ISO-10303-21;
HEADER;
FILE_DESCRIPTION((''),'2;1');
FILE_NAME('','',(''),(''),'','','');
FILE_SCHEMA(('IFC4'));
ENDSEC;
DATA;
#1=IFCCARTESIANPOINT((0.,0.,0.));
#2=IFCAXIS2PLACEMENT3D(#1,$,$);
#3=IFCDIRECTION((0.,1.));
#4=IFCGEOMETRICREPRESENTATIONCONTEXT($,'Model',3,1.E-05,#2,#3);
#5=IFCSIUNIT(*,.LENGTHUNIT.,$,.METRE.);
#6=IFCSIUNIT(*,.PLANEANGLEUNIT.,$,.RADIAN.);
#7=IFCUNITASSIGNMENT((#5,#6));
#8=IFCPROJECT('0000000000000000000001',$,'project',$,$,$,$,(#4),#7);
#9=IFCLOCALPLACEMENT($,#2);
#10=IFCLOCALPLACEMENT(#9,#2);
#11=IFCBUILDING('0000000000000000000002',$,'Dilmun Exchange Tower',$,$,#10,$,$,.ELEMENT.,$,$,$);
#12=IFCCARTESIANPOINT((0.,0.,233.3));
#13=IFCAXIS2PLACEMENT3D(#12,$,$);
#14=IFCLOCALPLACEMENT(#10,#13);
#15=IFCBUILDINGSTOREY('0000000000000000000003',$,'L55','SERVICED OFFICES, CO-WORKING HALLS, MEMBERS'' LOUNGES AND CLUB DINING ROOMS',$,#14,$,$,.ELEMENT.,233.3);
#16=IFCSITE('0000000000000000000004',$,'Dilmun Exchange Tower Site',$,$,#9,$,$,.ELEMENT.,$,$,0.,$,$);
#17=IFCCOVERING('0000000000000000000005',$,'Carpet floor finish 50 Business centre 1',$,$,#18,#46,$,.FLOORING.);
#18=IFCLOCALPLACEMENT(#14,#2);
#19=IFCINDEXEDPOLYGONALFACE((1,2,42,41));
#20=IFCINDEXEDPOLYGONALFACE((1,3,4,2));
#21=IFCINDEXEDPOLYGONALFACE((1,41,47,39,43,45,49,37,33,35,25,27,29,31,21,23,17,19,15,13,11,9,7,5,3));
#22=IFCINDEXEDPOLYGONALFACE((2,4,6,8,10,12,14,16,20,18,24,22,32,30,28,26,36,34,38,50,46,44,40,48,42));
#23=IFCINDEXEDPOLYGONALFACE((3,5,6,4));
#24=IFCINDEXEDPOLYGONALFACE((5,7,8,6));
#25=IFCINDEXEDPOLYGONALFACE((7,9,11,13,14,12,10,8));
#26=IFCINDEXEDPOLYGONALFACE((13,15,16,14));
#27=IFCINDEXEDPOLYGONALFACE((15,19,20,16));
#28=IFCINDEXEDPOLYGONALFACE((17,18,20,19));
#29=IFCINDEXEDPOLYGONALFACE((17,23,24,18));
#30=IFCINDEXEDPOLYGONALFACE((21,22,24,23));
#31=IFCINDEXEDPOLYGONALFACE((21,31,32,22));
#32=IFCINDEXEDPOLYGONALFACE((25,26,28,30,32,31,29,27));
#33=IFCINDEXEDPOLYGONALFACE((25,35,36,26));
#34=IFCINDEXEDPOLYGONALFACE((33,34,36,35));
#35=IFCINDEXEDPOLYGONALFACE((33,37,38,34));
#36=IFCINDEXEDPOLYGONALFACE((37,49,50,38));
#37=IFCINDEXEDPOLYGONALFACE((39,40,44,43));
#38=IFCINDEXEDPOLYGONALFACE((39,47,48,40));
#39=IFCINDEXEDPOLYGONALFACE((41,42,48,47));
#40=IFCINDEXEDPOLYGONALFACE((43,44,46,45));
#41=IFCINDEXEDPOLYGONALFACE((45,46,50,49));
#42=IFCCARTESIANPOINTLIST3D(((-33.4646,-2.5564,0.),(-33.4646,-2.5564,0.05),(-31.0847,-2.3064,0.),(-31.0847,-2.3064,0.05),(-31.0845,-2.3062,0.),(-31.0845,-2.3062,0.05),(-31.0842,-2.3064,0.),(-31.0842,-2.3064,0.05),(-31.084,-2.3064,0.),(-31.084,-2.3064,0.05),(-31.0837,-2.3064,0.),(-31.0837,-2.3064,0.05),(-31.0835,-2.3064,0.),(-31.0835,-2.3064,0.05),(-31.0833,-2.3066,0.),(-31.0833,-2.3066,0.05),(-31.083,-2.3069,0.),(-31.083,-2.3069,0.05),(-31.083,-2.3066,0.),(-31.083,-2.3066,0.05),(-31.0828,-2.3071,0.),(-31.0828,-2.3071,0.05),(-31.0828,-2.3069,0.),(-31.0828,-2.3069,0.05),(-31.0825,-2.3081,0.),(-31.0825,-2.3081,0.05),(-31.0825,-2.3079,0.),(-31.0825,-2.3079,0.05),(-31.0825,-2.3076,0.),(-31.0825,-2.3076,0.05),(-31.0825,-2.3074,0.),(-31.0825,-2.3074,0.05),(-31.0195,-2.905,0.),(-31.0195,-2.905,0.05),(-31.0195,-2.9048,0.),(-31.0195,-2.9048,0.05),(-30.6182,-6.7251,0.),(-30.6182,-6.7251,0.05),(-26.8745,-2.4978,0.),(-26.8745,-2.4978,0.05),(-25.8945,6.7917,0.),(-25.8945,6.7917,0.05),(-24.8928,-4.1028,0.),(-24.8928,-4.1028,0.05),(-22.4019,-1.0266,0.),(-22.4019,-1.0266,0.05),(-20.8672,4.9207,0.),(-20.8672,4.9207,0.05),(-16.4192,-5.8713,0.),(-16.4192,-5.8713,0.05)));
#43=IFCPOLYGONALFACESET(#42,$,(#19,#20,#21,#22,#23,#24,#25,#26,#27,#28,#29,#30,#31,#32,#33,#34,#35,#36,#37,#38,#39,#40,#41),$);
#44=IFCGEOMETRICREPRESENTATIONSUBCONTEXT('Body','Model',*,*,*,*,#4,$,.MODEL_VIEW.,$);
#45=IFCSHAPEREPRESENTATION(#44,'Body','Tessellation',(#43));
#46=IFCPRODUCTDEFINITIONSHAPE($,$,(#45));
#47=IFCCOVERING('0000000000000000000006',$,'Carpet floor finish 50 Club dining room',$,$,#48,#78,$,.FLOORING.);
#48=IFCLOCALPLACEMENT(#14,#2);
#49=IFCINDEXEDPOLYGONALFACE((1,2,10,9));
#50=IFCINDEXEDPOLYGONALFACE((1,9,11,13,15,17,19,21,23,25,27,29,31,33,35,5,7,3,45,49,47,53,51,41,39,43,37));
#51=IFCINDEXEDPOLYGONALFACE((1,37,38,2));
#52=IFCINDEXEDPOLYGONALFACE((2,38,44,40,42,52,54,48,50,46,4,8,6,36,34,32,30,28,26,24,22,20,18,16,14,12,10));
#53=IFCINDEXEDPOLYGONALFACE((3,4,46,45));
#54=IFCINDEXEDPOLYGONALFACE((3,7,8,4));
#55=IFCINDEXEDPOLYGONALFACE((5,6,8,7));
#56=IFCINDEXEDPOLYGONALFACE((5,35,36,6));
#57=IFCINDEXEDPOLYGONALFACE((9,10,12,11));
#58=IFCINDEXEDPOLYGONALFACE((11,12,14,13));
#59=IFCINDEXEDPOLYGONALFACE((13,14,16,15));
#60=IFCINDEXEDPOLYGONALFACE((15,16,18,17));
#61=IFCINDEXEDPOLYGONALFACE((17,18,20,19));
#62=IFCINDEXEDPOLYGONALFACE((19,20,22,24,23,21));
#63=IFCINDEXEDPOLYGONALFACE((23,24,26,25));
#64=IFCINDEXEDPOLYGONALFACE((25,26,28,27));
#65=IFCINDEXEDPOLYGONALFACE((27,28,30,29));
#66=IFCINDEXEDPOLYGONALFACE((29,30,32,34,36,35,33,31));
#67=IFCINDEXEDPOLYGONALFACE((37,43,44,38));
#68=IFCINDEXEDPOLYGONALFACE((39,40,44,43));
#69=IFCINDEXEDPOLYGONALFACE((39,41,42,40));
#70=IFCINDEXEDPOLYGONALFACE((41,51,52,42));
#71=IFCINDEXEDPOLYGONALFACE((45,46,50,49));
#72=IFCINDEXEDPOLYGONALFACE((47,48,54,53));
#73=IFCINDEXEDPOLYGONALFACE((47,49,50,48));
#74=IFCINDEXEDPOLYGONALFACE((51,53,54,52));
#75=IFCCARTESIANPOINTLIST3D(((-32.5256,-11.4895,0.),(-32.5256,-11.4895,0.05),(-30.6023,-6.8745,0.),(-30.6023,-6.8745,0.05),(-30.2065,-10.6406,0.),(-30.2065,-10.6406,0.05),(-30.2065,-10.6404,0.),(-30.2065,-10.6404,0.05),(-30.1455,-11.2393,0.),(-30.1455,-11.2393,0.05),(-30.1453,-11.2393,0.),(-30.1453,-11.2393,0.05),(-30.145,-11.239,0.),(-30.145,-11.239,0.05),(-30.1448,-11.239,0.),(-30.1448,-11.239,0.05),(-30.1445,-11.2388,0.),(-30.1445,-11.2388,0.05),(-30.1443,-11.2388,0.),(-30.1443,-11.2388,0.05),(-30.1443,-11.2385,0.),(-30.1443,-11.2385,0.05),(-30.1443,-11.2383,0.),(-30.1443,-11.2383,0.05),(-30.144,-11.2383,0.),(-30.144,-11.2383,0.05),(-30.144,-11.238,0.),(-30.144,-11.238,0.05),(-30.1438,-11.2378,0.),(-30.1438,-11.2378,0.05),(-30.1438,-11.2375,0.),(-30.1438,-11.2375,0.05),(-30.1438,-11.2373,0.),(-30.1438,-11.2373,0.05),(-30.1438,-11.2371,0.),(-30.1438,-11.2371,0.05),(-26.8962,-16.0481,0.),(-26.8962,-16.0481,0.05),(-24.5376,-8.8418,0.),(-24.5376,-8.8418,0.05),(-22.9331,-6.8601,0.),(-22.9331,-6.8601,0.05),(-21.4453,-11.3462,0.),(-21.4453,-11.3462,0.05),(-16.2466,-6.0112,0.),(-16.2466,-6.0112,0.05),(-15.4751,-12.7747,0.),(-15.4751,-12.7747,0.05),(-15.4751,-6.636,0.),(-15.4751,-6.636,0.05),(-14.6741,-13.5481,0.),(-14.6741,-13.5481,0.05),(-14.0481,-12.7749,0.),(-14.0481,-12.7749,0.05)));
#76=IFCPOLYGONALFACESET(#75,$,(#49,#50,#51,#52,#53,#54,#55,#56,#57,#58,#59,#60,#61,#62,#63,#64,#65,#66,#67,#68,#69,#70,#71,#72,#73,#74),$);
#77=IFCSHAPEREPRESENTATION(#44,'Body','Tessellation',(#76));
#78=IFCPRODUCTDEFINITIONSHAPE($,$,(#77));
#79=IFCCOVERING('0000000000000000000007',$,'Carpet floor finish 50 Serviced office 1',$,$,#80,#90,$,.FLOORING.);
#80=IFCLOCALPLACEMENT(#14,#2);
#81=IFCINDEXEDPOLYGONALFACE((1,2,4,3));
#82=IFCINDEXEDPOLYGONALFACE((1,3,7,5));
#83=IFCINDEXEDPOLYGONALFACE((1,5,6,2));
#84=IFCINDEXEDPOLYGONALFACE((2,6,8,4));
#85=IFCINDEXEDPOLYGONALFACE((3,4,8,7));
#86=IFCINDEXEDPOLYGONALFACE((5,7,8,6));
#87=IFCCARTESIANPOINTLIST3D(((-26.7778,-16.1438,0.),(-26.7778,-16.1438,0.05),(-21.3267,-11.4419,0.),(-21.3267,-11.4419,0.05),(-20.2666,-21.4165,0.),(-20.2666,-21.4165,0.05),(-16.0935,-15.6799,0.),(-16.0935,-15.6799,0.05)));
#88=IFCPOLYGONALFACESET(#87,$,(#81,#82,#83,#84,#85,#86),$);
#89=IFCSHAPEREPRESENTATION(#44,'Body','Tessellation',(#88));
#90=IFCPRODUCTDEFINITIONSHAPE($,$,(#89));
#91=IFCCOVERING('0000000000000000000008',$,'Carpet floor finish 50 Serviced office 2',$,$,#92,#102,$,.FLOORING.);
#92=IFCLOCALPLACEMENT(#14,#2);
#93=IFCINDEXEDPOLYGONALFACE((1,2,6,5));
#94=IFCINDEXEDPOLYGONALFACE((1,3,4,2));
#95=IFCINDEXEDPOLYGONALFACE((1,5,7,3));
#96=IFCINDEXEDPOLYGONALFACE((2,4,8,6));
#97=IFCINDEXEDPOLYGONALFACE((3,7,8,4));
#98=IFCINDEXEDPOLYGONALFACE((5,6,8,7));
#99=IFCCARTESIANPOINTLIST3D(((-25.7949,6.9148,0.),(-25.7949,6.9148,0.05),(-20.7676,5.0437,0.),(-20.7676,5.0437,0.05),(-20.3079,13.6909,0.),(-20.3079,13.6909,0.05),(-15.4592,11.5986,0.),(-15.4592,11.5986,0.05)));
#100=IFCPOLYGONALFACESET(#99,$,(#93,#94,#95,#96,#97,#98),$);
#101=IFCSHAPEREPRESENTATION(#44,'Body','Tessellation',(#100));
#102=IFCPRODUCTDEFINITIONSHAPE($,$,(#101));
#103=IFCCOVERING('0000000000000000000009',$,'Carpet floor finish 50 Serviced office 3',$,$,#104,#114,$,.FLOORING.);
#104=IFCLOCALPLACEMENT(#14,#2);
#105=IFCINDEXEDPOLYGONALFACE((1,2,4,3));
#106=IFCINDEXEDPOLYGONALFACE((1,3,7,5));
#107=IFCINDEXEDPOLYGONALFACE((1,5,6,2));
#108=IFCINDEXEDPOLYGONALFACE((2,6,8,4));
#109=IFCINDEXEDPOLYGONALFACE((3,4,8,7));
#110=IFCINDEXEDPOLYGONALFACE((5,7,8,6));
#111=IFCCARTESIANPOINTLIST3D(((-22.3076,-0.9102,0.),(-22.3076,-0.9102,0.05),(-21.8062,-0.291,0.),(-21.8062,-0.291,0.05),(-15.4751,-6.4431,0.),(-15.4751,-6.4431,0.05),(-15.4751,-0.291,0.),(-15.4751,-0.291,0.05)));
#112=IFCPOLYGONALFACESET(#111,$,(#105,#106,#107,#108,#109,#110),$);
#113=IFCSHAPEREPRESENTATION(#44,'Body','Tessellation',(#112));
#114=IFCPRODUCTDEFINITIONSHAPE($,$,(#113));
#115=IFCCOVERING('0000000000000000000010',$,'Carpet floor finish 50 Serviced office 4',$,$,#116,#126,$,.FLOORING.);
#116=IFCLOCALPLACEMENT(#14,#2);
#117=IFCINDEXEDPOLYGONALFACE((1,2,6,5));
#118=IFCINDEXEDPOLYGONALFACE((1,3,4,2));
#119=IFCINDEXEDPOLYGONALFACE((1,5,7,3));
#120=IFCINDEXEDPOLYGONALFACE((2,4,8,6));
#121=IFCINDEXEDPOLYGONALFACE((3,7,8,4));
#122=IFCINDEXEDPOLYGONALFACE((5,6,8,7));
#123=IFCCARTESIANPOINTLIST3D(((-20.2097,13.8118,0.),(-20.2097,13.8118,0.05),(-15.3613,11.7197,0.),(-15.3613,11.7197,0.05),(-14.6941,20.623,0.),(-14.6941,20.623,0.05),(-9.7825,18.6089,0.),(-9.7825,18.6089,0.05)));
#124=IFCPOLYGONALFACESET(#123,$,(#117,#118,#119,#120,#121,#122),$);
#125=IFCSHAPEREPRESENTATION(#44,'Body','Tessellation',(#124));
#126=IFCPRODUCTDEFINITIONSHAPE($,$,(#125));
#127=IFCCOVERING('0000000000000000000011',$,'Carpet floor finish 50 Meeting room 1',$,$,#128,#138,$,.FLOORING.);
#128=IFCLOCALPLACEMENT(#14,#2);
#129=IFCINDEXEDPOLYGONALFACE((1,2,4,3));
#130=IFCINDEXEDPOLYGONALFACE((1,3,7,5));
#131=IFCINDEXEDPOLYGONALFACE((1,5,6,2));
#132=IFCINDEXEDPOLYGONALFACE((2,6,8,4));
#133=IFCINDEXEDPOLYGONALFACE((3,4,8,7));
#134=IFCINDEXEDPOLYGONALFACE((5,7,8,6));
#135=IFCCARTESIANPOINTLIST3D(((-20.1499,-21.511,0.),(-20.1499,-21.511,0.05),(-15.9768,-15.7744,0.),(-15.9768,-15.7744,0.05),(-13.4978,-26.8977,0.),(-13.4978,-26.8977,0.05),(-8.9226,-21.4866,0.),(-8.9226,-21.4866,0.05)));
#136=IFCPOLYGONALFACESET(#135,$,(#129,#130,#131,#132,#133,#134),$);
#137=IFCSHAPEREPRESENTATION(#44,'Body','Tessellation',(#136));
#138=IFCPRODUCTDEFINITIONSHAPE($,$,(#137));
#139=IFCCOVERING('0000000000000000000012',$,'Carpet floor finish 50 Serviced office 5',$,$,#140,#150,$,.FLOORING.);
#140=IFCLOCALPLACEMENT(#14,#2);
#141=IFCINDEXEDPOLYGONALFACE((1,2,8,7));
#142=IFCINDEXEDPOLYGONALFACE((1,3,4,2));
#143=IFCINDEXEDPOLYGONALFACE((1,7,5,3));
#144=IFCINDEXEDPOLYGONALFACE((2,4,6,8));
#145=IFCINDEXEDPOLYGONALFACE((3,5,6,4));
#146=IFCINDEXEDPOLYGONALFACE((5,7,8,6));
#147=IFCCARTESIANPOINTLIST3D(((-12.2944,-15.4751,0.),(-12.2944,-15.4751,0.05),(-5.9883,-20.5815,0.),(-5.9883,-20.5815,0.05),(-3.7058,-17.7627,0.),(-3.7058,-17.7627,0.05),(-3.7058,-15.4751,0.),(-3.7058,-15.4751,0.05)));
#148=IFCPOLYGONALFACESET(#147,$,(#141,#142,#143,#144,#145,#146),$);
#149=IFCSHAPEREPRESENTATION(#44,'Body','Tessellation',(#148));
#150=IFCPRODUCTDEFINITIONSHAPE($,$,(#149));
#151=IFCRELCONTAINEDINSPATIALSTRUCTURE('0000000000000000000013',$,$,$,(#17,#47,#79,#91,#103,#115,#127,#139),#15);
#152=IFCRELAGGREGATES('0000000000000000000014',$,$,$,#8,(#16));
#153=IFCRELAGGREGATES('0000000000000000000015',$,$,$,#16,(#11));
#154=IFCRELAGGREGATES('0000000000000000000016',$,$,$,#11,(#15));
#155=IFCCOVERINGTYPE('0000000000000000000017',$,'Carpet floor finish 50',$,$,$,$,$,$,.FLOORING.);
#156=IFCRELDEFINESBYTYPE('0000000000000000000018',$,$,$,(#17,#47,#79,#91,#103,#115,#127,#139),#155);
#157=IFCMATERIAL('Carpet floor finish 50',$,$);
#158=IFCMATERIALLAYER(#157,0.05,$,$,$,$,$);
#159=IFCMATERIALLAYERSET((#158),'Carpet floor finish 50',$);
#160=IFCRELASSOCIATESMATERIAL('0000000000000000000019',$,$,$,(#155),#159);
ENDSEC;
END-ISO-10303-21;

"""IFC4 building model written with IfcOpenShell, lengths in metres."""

from ifc_helpers import new_model, si_unit, direction, frame, origin, place, context, subcontext, project, spatial, polyline, outline, extrude, material, layer, layer_set, type_object, element, save


model = new_model("IFC4")

# Units and contexts
model_context = context("Model", 3, precision=1e-05, world=origin(), true_north=direction((0.0, 1.0)))
body_context = subcontext(model_context, "Body", "Model", "MODEL_VIEW")
ifc_project = project(units=[si_unit("LENGTHUNIT", "METRE"), si_unit("PLANEANGLEUNIT", "RADIAN")], contexts=[model_context])

# Site, building, storey
site_placement = place(None, origin())
site = spatial("IfcSite", under=ifc_project, at=site_placement, Name="Dilmun Exchange Tower Site", CompositionType="ELEMENT", RefElevation=0.0)
building_placement = place(site_placement, origin())
building = spatial("IfcBuilding", under=site, at=building_placement, Name="Dilmun Exchange Tower", CompositionType="ELEMENT")
storey_placement = place(building_placement, frame((0.0, 0.0, 233.3)))
storey = spatial("IfcBuildingStorey", under=building, at=storey_placement, Name="L55", Description="SERVICED OFFICES, CO-WORKING HALLS, MEMBERS' LOUNGES AND CLUB DINING ROOMS", CompositionType="ELEMENT", Elevation=233.3)

# Coverings
ifc_material_1 = material(Name="Carpet floor finish 50")
ifc_layer_1 = layer(ifc_material_1, 0.05)
ifc_layer_set_1 = layer_set([ifc_layer_1], Name="Carpet floor finish 50")
covering_type_1 = type_object("IfcCoveringType", Name="Carpet floor finish 50", PredefinedType="FLOORING", material=ifc_layer_set_1)
covering_1_placement = place(storey_placement, origin())
element("IfcCovering", 1, at=covering_1_placement, inside=storey, type_object=covering_type_1, Name="Carpet floor finish 50 Business centre 1", PredefinedType="FLOORING", context=body_context, shape_type="SweptSolid", body=[
    extrude(outline(polyline([(-22.4019, -1.0266), (-16.4192, -5.8713), (-30.6182, -6.7251), (-31.0195, -2.905), (-31.0195, -2.9048), (-31.0195, -2.9048), (-31.0825, -2.3081), (-31.0825, -2.3079), (-31.0825, -2.3076), (-31.0825, -2.3076), (-31.0825, -2.3074), (-31.0828, -2.3071), (-31.0828, -2.3069), (-31.083, -2.3069), (-31.083, -2.3066), (-31.0833, -2.3066), (-31.0835, -2.3064), (-31.0835, -2.3064), (-31.0837, -2.3064), (-31.084, -2.3064), (-31.0842, -2.3064), (-31.0845, -2.3062), (-31.0847, -2.3064), (-33.4646, -2.5564), (-25.8945, 6.7917), (-20.8672, 4.9207), (-26.8745, -2.4978), (-24.8928, -4.1028), (-22.4019, -1.0266)])), origin(), (0.0, 0.0, 1.0), 0.05),
])
covering_2_placement = place(storey_placement, origin())
element("IfcCovering", 2, at=covering_2_placement, inside=storey, type_object=covering_type_1, Name="Carpet floor finish 50 Club dining room", PredefinedType="FLOORING", context=body_context, shape_type="SweptSolid", body=[
    extrude(outline(polyline([(-16.2466, -6.0112), (-15.4751, -6.636), (-15.4751, -12.7747), (-14.0481, -12.7749), (-14.6741, -13.5481), (-22.9331, -6.8601), (-24.5376, -8.8418), (-21.4453, -11.3462), (-26.8962, -16.0481), (-32.5256, -11.4895), (-30.1455, -11.2393), (-30.1455, -11.2393), (-30.1453, -11.2393), (-30.145, -11.239), (-30.145, -11.239), (-30.1448, -11.239), (-30.1445, -11.2388), (-30.1443, -11.2388), (-30.1443, -11.2385), (-30.1443, -11.2383), (-30.144, -11.2383), (-30.144, -11.238), (-30.1438, -11.2378), (-30.1438, -11.2375), (-30.1438, -11.2373), (-30.1438, -11.2373), (-30.1438, -11.2371), (-30.2065, -10.6406), (-30.2065, -10.6404), (-30.2065, -10.6404), (-30.6023, -6.8745), (-16.2466, -6.0112)])), origin(), (0.0, 0.0, 1.0), 0.05),
])
covering_3_placement = place(storey_placement, origin())
element("IfcCovering", 3, at=covering_3_placement, inside=storey, type_object=covering_type_1, Name="Carpet floor finish 50 Serviced office 1", PredefinedType="FLOORING", context=body_context, shape_type="SweptSolid", body=[
    extrude(outline(polyline([(-20.2666, -21.4165), (-26.7778, -16.1438), (-21.3267, -11.4419), (-16.0935, -15.6799), (-20.2666, -21.4165)])), origin(), (0.0, 0.0, 1.0), 0.05),
])
covering_4_placement = place(storey_placement, origin())
element("IfcCovering", 4, at=covering_4_placement, inside=storey, type_object=covering_type_1, Name="Carpet floor finish 50 Serviced office 2", PredefinedType="FLOORING", context=body_context, shape_type="SweptSolid", body=[
    extrude(outline(polyline([(-20.7676, 5.0437), (-25.7949, 6.9148), (-20.3079, 13.6909), (-15.4592, 11.5986), (-20.7676, 5.0437)])), origin(), (0.0, 0.0, 1.0), 0.05),
])
covering_5_placement = place(storey_placement, origin())
element("IfcCovering", 5, at=covering_5_placement, inside=storey, type_object=covering_type_1, Name="Carpet floor finish 50 Serviced office 3", PredefinedType="FLOORING", context=body_context, shape_type="SweptSolid", body=[
    extrude(outline(polyline([(-15.4751, -6.4431), (-22.3076, -0.9102), (-21.8062, -0.291), (-15.4751, -0.291), (-15.4751, -6.4431)])), origin(), (0.0, 0.0, 1.0), 0.05),
])
covering_6_placement = place(storey_placement, origin())
element("IfcCovering", 6, at=covering_6_placement, inside=storey, type_object=covering_type_1, Name="Carpet floor finish 50 Serviced office 4", PredefinedType="FLOORING", context=body_context, shape_type="SweptSolid", body=[
    extrude(outline(polyline([(-15.3613, 11.7197), (-20.2097, 13.8118), (-14.6941, 20.623), (-9.7825, 18.6089), (-15.3613, 11.7197)])), origin(), (0.0, 0.0, 1.0), 0.05),
])
covering_7_placement = place(storey_placement, origin())
element("IfcCovering", 7, at=covering_7_placement, inside=storey, type_object=covering_type_1, Name="Carpet floor finish 50 Meeting room 1", PredefinedType="FLOORING", context=body_context, shape_type="SweptSolid", body=[
    extrude(outline(polyline([(-15.9768, -15.7744), (-8.9226, -21.4866), (-13.4978, -26.8977), (-20.1499, -21.511), (-15.9768, -15.7744)])), origin(), (0.0, 0.0, 1.0), 0.05),
])
covering_8_placement = place(storey_placement, origin())
element("IfcCovering", 8, at=covering_8_placement, inside=storey, type_object=covering_type_1, Name="Carpet floor finish 50 Serviced office 5", PredefinedType="FLOORING", context=body_context, shape_type="SweptSolid", body=[
    extrude(outline(polyline([(-3.7058, -17.7627), (-5.9883, -20.5815), (-12.2944, -15.4751), (-3.7058, -15.4751), (-3.7058, -17.7627)])), origin(), (0.0, 0.0, 1.0), 0.05),
])

save(model, "model.ifc")
